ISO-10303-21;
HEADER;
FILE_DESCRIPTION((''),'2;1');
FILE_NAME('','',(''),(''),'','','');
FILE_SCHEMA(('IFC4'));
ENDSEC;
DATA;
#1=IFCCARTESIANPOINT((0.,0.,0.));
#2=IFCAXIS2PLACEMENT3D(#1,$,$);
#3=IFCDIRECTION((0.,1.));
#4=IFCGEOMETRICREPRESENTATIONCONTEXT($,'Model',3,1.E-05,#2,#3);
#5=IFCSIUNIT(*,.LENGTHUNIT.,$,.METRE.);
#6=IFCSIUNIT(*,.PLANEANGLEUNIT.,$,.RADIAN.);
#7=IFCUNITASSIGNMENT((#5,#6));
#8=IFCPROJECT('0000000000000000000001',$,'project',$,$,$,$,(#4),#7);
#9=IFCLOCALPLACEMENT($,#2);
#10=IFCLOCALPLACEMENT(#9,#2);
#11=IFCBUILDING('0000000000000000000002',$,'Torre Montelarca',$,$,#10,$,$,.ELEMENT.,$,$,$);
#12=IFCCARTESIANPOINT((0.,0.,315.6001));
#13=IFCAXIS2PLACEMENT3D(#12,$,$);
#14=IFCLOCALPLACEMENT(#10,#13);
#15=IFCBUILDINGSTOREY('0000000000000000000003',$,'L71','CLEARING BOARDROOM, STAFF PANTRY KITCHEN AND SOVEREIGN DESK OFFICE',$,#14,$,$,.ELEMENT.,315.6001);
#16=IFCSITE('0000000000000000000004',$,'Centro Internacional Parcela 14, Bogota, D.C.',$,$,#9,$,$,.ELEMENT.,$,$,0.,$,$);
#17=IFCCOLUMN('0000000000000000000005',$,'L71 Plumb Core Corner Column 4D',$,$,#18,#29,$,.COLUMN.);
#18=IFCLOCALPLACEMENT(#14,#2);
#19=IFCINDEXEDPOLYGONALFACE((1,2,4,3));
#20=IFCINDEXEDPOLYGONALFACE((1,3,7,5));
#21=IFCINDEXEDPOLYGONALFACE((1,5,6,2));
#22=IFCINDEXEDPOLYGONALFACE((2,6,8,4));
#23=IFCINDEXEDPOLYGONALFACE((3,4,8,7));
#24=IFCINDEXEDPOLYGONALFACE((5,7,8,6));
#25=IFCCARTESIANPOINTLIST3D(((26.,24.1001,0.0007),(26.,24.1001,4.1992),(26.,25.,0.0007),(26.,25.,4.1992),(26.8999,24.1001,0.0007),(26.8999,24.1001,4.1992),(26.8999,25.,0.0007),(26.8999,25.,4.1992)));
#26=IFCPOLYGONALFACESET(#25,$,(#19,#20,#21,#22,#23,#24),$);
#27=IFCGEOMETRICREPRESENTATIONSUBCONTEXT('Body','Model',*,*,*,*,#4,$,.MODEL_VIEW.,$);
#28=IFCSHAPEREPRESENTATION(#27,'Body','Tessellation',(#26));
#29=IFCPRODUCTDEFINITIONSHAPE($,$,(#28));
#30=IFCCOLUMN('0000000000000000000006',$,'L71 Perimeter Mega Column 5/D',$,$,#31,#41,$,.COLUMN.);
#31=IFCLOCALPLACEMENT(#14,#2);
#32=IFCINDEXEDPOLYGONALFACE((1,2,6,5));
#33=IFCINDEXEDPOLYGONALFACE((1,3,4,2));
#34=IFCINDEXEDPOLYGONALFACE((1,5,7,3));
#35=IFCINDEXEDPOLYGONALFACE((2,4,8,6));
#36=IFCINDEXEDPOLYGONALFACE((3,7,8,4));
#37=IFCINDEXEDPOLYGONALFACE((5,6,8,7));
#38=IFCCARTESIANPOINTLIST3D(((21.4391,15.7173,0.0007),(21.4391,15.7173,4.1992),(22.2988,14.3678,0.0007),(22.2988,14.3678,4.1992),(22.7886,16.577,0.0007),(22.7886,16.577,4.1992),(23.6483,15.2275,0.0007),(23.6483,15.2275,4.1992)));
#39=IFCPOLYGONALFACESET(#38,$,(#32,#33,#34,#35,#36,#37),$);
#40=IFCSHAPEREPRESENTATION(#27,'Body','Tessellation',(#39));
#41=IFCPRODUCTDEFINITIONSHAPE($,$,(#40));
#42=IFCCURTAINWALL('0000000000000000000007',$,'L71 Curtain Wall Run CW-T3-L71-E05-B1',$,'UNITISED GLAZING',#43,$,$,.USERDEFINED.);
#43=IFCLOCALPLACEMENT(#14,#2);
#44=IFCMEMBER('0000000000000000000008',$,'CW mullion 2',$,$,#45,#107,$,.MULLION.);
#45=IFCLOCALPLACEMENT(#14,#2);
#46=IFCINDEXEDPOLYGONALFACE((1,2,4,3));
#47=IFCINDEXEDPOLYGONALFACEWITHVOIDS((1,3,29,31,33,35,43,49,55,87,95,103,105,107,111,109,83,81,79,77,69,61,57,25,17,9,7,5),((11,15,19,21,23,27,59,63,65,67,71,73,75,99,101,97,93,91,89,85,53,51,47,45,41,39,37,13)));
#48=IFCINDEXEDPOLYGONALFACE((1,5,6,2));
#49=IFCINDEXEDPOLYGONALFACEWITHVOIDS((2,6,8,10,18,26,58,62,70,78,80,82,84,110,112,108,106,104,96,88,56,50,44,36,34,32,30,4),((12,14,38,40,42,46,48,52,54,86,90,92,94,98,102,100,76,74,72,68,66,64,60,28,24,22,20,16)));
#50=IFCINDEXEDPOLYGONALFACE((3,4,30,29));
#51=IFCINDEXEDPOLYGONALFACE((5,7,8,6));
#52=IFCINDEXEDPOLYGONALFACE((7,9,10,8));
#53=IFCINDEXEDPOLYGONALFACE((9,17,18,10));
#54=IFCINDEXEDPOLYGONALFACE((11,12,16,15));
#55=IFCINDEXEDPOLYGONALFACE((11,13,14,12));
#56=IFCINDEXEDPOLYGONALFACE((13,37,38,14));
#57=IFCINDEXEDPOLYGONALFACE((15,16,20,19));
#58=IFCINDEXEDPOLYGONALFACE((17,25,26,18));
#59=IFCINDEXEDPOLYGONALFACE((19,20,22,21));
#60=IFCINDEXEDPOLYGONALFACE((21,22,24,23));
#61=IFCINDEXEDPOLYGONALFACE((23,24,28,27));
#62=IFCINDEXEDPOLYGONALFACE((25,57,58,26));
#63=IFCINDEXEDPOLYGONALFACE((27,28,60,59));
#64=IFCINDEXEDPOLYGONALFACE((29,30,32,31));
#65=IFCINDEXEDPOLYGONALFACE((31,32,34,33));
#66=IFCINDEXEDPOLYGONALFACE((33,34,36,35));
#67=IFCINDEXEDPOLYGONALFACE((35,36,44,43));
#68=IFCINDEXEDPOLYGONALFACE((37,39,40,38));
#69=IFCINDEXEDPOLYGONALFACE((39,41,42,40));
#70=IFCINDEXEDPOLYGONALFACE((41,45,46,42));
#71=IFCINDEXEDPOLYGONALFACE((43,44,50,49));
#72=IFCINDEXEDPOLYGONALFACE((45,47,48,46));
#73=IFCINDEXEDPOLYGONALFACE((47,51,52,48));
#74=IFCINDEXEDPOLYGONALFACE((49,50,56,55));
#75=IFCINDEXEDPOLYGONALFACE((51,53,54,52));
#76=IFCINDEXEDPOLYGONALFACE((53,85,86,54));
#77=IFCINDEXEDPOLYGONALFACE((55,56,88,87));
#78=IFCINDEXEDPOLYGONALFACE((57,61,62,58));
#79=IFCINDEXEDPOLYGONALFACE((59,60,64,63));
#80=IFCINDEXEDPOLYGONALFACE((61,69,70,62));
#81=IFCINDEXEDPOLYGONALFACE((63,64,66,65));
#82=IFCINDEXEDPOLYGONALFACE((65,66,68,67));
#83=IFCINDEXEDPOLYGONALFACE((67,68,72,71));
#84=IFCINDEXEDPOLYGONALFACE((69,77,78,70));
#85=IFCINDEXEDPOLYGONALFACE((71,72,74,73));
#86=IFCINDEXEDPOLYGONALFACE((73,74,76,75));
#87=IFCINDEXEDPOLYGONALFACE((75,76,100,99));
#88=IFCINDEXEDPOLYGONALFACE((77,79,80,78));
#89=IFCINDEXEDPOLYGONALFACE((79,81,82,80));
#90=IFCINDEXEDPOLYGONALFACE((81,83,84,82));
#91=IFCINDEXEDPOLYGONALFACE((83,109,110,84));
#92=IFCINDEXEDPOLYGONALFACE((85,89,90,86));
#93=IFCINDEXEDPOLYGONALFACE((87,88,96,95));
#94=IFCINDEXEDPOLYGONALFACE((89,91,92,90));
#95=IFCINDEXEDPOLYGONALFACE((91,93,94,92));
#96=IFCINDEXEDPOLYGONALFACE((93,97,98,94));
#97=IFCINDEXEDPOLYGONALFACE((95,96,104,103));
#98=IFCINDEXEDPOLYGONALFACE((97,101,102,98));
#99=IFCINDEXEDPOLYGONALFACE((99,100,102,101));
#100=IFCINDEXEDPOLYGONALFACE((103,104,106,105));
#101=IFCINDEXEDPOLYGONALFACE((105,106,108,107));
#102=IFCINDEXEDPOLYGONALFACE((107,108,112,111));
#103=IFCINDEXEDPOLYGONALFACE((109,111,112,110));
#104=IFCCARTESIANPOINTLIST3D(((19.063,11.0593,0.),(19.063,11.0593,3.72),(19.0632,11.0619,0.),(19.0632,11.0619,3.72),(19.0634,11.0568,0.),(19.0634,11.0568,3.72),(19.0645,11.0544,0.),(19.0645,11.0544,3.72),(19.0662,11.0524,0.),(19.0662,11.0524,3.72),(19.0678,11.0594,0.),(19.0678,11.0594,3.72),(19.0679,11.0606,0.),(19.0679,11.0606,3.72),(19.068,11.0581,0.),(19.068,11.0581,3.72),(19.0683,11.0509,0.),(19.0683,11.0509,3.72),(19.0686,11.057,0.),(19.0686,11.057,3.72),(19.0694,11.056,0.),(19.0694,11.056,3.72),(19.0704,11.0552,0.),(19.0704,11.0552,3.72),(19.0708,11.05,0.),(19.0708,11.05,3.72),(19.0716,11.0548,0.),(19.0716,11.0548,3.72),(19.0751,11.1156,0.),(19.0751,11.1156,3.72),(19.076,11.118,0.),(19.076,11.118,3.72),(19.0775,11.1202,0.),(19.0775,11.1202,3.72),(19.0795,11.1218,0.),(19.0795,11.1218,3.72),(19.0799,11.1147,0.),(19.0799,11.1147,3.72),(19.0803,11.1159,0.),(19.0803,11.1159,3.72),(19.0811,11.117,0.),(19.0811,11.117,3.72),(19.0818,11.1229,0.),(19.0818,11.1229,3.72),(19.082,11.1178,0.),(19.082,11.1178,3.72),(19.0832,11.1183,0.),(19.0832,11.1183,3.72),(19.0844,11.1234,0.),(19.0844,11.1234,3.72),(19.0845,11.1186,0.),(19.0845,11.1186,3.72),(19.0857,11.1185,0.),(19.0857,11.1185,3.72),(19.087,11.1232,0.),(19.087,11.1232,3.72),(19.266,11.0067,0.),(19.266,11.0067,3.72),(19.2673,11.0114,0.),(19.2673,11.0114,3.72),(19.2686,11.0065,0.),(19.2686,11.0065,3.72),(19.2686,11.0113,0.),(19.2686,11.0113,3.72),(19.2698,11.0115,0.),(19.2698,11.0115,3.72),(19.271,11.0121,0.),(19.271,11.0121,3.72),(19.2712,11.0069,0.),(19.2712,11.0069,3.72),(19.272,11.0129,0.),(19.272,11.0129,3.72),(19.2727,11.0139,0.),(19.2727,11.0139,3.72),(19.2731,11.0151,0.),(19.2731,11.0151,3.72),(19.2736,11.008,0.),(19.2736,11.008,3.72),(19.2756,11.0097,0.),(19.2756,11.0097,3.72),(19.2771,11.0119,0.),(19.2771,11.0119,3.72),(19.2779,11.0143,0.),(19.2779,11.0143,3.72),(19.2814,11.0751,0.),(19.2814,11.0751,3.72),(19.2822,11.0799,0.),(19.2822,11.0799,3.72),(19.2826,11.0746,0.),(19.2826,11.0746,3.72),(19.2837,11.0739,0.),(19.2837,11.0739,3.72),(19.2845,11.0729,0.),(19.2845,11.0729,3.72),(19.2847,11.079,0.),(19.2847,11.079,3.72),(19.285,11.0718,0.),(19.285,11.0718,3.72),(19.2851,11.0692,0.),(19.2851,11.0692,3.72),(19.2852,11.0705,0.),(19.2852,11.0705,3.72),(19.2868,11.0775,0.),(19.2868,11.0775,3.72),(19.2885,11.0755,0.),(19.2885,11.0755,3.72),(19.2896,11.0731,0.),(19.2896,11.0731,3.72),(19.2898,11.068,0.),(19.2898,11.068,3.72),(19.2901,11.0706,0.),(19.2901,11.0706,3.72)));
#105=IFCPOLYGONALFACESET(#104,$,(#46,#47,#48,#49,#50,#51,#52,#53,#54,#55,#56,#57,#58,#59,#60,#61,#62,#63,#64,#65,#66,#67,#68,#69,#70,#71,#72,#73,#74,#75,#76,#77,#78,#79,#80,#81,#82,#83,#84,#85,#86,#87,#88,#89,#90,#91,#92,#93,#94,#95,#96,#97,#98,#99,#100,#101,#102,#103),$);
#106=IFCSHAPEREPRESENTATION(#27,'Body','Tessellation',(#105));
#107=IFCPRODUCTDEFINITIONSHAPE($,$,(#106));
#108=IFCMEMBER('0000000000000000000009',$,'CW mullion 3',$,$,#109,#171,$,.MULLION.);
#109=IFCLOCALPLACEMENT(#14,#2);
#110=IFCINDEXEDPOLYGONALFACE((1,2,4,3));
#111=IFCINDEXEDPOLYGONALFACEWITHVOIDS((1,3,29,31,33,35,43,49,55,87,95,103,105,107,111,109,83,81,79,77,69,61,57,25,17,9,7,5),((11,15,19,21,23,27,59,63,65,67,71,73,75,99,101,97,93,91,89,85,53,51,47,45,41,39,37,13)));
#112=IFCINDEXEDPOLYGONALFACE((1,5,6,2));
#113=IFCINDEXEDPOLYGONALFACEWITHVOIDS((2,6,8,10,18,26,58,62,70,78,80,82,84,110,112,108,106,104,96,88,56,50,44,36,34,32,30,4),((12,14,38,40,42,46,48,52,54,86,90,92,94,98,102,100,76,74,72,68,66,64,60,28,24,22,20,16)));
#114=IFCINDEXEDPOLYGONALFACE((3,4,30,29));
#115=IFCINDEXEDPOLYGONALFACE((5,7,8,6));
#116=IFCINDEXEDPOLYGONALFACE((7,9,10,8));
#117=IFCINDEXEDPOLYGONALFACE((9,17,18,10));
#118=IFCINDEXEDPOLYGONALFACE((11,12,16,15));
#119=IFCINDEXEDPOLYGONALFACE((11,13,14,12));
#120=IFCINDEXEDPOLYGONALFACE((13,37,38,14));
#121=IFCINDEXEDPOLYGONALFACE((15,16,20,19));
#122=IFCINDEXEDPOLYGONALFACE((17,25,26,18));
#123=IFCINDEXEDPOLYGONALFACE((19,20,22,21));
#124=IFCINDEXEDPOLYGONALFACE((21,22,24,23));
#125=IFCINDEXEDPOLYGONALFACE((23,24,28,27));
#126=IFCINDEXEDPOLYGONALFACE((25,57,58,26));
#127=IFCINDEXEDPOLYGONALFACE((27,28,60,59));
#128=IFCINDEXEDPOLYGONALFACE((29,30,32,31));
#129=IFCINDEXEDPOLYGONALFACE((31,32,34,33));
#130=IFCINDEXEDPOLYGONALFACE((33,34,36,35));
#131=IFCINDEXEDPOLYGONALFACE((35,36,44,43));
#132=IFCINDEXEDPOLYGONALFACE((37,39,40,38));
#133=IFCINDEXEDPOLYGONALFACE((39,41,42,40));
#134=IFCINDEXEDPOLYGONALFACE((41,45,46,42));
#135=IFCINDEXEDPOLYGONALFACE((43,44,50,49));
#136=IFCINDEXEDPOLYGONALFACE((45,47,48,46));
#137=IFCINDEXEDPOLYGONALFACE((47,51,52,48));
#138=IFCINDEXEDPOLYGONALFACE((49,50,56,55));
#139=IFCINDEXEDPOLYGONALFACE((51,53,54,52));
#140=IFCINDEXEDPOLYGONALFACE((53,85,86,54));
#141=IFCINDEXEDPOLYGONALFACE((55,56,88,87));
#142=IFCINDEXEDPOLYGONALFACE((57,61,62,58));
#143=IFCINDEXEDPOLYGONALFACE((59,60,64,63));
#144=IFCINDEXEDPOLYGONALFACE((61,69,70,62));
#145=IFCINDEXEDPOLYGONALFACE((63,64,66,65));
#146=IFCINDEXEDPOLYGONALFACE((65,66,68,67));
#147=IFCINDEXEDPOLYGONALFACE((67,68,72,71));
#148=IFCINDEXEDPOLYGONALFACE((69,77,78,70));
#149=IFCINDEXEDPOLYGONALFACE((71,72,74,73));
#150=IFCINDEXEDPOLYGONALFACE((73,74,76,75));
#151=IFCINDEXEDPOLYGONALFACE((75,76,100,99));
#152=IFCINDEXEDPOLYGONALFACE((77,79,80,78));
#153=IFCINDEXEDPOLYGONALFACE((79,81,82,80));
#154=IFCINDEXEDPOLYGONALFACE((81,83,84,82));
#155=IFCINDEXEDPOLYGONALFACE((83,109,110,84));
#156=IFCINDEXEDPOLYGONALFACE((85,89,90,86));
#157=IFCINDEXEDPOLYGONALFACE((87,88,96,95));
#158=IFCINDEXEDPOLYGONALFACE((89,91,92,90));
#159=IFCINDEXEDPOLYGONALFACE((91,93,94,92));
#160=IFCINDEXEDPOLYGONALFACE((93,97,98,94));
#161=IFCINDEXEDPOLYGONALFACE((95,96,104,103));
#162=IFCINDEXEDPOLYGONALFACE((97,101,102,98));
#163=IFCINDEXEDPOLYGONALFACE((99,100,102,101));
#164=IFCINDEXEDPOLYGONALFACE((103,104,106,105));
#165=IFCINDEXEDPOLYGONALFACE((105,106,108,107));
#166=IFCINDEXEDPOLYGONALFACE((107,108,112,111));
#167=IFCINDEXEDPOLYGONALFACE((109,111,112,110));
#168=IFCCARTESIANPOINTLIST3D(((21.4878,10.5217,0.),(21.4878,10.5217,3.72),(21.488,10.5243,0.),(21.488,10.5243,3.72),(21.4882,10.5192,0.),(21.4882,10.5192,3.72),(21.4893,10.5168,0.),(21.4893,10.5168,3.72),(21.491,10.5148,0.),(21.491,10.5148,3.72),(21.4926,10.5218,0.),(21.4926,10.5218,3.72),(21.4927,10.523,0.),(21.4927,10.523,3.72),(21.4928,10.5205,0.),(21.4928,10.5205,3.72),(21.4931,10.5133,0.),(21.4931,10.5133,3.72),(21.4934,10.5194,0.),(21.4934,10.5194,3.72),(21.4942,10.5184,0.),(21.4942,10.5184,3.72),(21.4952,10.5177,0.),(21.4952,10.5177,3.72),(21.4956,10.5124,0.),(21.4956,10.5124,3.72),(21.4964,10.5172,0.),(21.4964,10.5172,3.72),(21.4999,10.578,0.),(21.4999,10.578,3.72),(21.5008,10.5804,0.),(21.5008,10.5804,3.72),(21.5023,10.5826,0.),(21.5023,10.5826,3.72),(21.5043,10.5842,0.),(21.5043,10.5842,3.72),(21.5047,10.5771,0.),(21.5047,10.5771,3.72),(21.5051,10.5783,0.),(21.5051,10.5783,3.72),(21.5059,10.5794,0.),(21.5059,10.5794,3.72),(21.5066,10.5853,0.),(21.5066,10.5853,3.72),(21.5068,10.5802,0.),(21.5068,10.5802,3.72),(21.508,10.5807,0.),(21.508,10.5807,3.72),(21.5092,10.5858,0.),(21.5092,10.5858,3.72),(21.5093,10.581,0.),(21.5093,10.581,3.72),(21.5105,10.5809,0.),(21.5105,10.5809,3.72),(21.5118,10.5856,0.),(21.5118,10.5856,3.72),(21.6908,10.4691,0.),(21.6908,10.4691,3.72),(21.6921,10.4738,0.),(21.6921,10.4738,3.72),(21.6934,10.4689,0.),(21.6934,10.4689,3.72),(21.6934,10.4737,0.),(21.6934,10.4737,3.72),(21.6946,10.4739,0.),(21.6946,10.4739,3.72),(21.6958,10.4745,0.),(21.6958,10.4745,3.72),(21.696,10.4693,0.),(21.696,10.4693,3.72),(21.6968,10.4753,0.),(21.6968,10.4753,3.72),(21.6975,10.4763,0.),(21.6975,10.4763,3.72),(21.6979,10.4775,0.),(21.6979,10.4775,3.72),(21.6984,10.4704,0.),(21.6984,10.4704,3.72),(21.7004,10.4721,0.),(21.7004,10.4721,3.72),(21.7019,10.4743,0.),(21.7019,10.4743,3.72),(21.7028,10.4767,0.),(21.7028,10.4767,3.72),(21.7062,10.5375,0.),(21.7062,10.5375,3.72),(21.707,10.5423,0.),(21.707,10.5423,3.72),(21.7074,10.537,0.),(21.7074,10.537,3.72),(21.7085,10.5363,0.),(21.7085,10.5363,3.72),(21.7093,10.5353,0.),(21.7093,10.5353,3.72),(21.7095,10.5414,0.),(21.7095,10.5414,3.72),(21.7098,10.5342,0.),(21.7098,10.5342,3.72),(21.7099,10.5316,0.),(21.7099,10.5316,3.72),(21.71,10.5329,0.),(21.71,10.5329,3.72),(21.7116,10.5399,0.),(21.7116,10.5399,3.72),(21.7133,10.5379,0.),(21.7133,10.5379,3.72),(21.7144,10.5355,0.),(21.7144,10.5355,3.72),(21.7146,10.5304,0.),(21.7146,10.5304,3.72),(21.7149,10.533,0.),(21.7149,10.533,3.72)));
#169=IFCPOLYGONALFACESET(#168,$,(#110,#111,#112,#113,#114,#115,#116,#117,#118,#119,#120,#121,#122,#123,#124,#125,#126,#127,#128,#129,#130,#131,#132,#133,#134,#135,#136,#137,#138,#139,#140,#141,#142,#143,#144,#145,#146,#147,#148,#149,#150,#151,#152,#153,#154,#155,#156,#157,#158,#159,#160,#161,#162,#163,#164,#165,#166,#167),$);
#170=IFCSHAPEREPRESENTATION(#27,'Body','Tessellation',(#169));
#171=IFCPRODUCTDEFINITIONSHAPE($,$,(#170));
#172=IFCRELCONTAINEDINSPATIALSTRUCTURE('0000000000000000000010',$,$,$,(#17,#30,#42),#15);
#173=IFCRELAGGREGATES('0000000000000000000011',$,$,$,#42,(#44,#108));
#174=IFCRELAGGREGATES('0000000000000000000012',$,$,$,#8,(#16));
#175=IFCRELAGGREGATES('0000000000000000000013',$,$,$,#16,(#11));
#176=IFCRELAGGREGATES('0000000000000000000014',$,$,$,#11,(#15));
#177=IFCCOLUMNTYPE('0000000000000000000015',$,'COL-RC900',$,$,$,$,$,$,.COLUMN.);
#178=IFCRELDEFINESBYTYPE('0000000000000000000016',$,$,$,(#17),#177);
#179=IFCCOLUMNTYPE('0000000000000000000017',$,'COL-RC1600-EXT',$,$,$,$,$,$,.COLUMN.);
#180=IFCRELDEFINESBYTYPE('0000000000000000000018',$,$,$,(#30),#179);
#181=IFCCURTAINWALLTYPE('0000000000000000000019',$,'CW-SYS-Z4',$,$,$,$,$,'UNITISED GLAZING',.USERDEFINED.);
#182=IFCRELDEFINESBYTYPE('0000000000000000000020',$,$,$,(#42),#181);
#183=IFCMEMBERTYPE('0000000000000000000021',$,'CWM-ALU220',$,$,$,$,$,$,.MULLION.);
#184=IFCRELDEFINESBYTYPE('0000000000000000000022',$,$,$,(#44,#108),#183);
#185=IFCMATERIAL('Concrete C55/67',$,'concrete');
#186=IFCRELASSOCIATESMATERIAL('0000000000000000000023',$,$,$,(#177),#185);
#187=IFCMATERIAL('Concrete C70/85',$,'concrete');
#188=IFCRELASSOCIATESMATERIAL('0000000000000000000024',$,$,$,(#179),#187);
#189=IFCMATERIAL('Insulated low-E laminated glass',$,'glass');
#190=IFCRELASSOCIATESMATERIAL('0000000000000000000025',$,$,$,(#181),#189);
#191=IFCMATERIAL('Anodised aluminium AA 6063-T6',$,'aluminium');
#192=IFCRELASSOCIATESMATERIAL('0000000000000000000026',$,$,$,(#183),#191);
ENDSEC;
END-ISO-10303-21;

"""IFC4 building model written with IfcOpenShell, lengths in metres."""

from ifc_helpers import new_model, si_unit, direction, frame, origin, origin_2d, place, context, subcontext, project, spatial, rectangle, hollow_rectangle, extrude, source, transform, mapped, material, material_profile, profile_set, type_object, element, aggregate, save


model = new_model("IFC4")

# Units and contexts
model_context = context("Model", 3, precision=1e-05, world=origin(), true_north=direction((0.0, 1.0)))
body_context = subcontext(model_context, "Body", "Model", "MODEL_VIEW")
ifc_project = project(units=[si_unit("LENGTHUNIT", "METRE"), si_unit("PLANEANGLEUNIT", "RADIAN")], contexts=[model_context])

# Site, building, storey
site_placement = place(None, origin())
site = spatial("IfcSite", under=ifc_project, at=site_placement, Name="Centro Internacional Parcela 14, Bogota, D.C.", CompositionType="ELEMENT", RefElevation=0.0)
building_placement = place(site_placement, origin())
building = spatial("IfcBuilding", under=site, at=building_placement, Name="Torre Montelarca", CompositionType="ELEMENT")
storey_placement = place(building_placement, frame((0.0, 0.0, 315.6001)))
storey = spatial("IfcBuildingStorey", under=building, at=storey_placement, Name="L71", Description="CLEARING BOARDROOM, STAFF PANTRY KITCHEN AND SOVEREIGN DESK OFFICE", CompositionType="ELEMENT", Elevation=315.6001)

# Columns
ifc_material_1 = material(Name="Concrete C55/67", Category="concrete")
ifc_material_profile_1 = material_profile(ifc_material_1, rectangle(XDim=0.8999, YDim=0.8999, at=origin_2d()), Name="RC900X900", Category="concrete")
ifc_profile_set_1 = profile_set([ifc_material_profile_1], Name="Concrete C55/67")
column_type_1 = type_object("IfcColumnType", Name="COL-RC900", PredefinedType="COLUMN", material=ifc_profile_set_1)
shared_shape_1 = source(origin(), body_context, "Body", "SweptSolid", [
    extrude(rectangle(XDim=0.8999, YDim=0.8999, at=origin_2d()), origin(), (0.0, 0.0, 1.0), 4.1985),
])
column_1_placement = place(storey_placement, frame((26.45, 24.55, 0.0007), z_axis=(0.0, 0.0, 1.0), x_axis=(1.0, 0.0, 0.0)))
element("IfcColumn", 1, at=column_1_placement, inside=storey, type_object=column_type_1, Name="L71 Plumb Core Corner Column 4D", PredefinedType="COLUMN", context=body_context, shape_type="MappedRepresentation", body=[
    mapped(shared_shape_1, transform((0.0, 0.0, 0.0), scale=1.0)),
])
ifc_material_2 = material(Name="Concrete C70/85", Category="concrete")
ifc_material_profile_2 = material_profile(ifc_material_2, rectangle(XDim=1.6001, YDim=1.6001, at=origin_2d()), Name="RC1600X1600", Category="concrete")
ifc_profile_set_2 = profile_set([ifc_material_profile_2], Name="Concrete C70/85")
column_type_2 = type_object("IfcColumnType", Name="COL-RC1600-EXT", PredefinedType="COLUMN", material=ifc_profile_set_2)
shared_shape_2 = source(origin(), body_context, "Body", "SweptSolid", [
    extrude(rectangle(XDim=1.6001, YDim=1.6001, at=origin_2d()), origin(), (0.0, 0.0, 1.0), 4.1985),
])
column_2_placement = place(storey_placement, frame((22.5437, 15.4724, 0.0007), z_axis=(0.0, 0.0, 1.0), x_axis=(-0.5373, 0.843391, 0.0)))
element("IfcColumn", 2, at=column_2_placement, inside=storey, type_object=column_type_2, Name="L71 Perimeter Mega Column 5/D", PredefinedType="COLUMN", context=body_context, shape_type="MappedRepresentation", body=[
    mapped(shared_shape_2, transform((0.0, 0.0, 0.0), scale=1.0)),
])

# Curtain wall, members
ifc_material_3 = material(Name="Insulated low-E laminated glass", Category="glass")
curtain_wall_type = type_object("IfcCurtainWallType", Name="CW-SYS-Z4", ElementType="UNITISED GLAZING", PredefinedType="USERDEFINED", material=ifc_material_3)
curtain_wall_1_placement = place(storey_placement, origin())
curtain_wall_1 = element("IfcCurtainWall", 3, at=curtain_wall_1_placement, inside=storey, type_object=curtain_wall_type, Name="L71 Curtain Wall Run CW-T3-L71-E05-B1", ObjectType="UNITISED GLAZING", PredefinedType="USERDEFINED")
ifc_material_4 = material(Name="Anodised aluminium AA 6063-T6", Category="aluminium")
ifc_material_profile_3 = material_profile(ifc_material_4, hollow_rectangle(XDim=0.075, YDim=0.22, WallThickness=0.0049, InnerFilletRadius=0.0049, OuterFilletRadius=0.01, at=origin_2d()), Name="ALU75X220X5", Category="aluminium")
ifc_profile_set_3 = profile_set([ifc_material_profile_3], Name="Anodised aluminium AA 6063-T6")
member_type_1 = type_object("IfcMemberType", Name="CWM-ALU220", PredefinedType="MULLION", material=ifc_profile_set_3)
shared_shape_3 = source(origin(), body_context, "Body", "SweptSolid", [
    extrude(hollow_rectangle(XDim=0.075, YDim=0.22, WallThickness=0.0049, InnerFilletRadius=0.0049, OuterFilletRadius=0.01, at=origin_2d()), origin(), (0.0, 0.0, 1.0), 3.72),
])
member_1_placement = place(storey_placement, frame((19.1765, 11.0649, 0.0), z_axis=(0.0, 0.0, 1.0), x_axis=(0.216439, 0.976296, 0.0)))
member_1 = element("IfcMember", 4, at=member_1_placement, type_object=member_type_1, Name="CW mullion 2", PredefinedType="MULLION", context=body_context, shape_type="MappedRepresentation", body=[
    mapped(shared_shape_3, transform((0.0, 0.0, 0.0), scale=1.0)),
])
member_2_placement = place(storey_placement, frame((21.6013, 10.5273, 0.0), z_axis=(0.0, 0.0, 1.0), x_axis=(0.216439, 0.976296, 0.0)))
member_2 = element("IfcMember", 5, at=member_2_placement, type_object=member_type_1, Name="CW mullion 3", PredefinedType="MULLION", context=body_context, shape_type="MappedRepresentation", body=[
    mapped(shared_shape_3, transform((0.0, 0.0, 0.0), scale=1.0)),
])

aggregate(curtain_wall_1, [member_1, member_2])

save(model, "model.ifc")
